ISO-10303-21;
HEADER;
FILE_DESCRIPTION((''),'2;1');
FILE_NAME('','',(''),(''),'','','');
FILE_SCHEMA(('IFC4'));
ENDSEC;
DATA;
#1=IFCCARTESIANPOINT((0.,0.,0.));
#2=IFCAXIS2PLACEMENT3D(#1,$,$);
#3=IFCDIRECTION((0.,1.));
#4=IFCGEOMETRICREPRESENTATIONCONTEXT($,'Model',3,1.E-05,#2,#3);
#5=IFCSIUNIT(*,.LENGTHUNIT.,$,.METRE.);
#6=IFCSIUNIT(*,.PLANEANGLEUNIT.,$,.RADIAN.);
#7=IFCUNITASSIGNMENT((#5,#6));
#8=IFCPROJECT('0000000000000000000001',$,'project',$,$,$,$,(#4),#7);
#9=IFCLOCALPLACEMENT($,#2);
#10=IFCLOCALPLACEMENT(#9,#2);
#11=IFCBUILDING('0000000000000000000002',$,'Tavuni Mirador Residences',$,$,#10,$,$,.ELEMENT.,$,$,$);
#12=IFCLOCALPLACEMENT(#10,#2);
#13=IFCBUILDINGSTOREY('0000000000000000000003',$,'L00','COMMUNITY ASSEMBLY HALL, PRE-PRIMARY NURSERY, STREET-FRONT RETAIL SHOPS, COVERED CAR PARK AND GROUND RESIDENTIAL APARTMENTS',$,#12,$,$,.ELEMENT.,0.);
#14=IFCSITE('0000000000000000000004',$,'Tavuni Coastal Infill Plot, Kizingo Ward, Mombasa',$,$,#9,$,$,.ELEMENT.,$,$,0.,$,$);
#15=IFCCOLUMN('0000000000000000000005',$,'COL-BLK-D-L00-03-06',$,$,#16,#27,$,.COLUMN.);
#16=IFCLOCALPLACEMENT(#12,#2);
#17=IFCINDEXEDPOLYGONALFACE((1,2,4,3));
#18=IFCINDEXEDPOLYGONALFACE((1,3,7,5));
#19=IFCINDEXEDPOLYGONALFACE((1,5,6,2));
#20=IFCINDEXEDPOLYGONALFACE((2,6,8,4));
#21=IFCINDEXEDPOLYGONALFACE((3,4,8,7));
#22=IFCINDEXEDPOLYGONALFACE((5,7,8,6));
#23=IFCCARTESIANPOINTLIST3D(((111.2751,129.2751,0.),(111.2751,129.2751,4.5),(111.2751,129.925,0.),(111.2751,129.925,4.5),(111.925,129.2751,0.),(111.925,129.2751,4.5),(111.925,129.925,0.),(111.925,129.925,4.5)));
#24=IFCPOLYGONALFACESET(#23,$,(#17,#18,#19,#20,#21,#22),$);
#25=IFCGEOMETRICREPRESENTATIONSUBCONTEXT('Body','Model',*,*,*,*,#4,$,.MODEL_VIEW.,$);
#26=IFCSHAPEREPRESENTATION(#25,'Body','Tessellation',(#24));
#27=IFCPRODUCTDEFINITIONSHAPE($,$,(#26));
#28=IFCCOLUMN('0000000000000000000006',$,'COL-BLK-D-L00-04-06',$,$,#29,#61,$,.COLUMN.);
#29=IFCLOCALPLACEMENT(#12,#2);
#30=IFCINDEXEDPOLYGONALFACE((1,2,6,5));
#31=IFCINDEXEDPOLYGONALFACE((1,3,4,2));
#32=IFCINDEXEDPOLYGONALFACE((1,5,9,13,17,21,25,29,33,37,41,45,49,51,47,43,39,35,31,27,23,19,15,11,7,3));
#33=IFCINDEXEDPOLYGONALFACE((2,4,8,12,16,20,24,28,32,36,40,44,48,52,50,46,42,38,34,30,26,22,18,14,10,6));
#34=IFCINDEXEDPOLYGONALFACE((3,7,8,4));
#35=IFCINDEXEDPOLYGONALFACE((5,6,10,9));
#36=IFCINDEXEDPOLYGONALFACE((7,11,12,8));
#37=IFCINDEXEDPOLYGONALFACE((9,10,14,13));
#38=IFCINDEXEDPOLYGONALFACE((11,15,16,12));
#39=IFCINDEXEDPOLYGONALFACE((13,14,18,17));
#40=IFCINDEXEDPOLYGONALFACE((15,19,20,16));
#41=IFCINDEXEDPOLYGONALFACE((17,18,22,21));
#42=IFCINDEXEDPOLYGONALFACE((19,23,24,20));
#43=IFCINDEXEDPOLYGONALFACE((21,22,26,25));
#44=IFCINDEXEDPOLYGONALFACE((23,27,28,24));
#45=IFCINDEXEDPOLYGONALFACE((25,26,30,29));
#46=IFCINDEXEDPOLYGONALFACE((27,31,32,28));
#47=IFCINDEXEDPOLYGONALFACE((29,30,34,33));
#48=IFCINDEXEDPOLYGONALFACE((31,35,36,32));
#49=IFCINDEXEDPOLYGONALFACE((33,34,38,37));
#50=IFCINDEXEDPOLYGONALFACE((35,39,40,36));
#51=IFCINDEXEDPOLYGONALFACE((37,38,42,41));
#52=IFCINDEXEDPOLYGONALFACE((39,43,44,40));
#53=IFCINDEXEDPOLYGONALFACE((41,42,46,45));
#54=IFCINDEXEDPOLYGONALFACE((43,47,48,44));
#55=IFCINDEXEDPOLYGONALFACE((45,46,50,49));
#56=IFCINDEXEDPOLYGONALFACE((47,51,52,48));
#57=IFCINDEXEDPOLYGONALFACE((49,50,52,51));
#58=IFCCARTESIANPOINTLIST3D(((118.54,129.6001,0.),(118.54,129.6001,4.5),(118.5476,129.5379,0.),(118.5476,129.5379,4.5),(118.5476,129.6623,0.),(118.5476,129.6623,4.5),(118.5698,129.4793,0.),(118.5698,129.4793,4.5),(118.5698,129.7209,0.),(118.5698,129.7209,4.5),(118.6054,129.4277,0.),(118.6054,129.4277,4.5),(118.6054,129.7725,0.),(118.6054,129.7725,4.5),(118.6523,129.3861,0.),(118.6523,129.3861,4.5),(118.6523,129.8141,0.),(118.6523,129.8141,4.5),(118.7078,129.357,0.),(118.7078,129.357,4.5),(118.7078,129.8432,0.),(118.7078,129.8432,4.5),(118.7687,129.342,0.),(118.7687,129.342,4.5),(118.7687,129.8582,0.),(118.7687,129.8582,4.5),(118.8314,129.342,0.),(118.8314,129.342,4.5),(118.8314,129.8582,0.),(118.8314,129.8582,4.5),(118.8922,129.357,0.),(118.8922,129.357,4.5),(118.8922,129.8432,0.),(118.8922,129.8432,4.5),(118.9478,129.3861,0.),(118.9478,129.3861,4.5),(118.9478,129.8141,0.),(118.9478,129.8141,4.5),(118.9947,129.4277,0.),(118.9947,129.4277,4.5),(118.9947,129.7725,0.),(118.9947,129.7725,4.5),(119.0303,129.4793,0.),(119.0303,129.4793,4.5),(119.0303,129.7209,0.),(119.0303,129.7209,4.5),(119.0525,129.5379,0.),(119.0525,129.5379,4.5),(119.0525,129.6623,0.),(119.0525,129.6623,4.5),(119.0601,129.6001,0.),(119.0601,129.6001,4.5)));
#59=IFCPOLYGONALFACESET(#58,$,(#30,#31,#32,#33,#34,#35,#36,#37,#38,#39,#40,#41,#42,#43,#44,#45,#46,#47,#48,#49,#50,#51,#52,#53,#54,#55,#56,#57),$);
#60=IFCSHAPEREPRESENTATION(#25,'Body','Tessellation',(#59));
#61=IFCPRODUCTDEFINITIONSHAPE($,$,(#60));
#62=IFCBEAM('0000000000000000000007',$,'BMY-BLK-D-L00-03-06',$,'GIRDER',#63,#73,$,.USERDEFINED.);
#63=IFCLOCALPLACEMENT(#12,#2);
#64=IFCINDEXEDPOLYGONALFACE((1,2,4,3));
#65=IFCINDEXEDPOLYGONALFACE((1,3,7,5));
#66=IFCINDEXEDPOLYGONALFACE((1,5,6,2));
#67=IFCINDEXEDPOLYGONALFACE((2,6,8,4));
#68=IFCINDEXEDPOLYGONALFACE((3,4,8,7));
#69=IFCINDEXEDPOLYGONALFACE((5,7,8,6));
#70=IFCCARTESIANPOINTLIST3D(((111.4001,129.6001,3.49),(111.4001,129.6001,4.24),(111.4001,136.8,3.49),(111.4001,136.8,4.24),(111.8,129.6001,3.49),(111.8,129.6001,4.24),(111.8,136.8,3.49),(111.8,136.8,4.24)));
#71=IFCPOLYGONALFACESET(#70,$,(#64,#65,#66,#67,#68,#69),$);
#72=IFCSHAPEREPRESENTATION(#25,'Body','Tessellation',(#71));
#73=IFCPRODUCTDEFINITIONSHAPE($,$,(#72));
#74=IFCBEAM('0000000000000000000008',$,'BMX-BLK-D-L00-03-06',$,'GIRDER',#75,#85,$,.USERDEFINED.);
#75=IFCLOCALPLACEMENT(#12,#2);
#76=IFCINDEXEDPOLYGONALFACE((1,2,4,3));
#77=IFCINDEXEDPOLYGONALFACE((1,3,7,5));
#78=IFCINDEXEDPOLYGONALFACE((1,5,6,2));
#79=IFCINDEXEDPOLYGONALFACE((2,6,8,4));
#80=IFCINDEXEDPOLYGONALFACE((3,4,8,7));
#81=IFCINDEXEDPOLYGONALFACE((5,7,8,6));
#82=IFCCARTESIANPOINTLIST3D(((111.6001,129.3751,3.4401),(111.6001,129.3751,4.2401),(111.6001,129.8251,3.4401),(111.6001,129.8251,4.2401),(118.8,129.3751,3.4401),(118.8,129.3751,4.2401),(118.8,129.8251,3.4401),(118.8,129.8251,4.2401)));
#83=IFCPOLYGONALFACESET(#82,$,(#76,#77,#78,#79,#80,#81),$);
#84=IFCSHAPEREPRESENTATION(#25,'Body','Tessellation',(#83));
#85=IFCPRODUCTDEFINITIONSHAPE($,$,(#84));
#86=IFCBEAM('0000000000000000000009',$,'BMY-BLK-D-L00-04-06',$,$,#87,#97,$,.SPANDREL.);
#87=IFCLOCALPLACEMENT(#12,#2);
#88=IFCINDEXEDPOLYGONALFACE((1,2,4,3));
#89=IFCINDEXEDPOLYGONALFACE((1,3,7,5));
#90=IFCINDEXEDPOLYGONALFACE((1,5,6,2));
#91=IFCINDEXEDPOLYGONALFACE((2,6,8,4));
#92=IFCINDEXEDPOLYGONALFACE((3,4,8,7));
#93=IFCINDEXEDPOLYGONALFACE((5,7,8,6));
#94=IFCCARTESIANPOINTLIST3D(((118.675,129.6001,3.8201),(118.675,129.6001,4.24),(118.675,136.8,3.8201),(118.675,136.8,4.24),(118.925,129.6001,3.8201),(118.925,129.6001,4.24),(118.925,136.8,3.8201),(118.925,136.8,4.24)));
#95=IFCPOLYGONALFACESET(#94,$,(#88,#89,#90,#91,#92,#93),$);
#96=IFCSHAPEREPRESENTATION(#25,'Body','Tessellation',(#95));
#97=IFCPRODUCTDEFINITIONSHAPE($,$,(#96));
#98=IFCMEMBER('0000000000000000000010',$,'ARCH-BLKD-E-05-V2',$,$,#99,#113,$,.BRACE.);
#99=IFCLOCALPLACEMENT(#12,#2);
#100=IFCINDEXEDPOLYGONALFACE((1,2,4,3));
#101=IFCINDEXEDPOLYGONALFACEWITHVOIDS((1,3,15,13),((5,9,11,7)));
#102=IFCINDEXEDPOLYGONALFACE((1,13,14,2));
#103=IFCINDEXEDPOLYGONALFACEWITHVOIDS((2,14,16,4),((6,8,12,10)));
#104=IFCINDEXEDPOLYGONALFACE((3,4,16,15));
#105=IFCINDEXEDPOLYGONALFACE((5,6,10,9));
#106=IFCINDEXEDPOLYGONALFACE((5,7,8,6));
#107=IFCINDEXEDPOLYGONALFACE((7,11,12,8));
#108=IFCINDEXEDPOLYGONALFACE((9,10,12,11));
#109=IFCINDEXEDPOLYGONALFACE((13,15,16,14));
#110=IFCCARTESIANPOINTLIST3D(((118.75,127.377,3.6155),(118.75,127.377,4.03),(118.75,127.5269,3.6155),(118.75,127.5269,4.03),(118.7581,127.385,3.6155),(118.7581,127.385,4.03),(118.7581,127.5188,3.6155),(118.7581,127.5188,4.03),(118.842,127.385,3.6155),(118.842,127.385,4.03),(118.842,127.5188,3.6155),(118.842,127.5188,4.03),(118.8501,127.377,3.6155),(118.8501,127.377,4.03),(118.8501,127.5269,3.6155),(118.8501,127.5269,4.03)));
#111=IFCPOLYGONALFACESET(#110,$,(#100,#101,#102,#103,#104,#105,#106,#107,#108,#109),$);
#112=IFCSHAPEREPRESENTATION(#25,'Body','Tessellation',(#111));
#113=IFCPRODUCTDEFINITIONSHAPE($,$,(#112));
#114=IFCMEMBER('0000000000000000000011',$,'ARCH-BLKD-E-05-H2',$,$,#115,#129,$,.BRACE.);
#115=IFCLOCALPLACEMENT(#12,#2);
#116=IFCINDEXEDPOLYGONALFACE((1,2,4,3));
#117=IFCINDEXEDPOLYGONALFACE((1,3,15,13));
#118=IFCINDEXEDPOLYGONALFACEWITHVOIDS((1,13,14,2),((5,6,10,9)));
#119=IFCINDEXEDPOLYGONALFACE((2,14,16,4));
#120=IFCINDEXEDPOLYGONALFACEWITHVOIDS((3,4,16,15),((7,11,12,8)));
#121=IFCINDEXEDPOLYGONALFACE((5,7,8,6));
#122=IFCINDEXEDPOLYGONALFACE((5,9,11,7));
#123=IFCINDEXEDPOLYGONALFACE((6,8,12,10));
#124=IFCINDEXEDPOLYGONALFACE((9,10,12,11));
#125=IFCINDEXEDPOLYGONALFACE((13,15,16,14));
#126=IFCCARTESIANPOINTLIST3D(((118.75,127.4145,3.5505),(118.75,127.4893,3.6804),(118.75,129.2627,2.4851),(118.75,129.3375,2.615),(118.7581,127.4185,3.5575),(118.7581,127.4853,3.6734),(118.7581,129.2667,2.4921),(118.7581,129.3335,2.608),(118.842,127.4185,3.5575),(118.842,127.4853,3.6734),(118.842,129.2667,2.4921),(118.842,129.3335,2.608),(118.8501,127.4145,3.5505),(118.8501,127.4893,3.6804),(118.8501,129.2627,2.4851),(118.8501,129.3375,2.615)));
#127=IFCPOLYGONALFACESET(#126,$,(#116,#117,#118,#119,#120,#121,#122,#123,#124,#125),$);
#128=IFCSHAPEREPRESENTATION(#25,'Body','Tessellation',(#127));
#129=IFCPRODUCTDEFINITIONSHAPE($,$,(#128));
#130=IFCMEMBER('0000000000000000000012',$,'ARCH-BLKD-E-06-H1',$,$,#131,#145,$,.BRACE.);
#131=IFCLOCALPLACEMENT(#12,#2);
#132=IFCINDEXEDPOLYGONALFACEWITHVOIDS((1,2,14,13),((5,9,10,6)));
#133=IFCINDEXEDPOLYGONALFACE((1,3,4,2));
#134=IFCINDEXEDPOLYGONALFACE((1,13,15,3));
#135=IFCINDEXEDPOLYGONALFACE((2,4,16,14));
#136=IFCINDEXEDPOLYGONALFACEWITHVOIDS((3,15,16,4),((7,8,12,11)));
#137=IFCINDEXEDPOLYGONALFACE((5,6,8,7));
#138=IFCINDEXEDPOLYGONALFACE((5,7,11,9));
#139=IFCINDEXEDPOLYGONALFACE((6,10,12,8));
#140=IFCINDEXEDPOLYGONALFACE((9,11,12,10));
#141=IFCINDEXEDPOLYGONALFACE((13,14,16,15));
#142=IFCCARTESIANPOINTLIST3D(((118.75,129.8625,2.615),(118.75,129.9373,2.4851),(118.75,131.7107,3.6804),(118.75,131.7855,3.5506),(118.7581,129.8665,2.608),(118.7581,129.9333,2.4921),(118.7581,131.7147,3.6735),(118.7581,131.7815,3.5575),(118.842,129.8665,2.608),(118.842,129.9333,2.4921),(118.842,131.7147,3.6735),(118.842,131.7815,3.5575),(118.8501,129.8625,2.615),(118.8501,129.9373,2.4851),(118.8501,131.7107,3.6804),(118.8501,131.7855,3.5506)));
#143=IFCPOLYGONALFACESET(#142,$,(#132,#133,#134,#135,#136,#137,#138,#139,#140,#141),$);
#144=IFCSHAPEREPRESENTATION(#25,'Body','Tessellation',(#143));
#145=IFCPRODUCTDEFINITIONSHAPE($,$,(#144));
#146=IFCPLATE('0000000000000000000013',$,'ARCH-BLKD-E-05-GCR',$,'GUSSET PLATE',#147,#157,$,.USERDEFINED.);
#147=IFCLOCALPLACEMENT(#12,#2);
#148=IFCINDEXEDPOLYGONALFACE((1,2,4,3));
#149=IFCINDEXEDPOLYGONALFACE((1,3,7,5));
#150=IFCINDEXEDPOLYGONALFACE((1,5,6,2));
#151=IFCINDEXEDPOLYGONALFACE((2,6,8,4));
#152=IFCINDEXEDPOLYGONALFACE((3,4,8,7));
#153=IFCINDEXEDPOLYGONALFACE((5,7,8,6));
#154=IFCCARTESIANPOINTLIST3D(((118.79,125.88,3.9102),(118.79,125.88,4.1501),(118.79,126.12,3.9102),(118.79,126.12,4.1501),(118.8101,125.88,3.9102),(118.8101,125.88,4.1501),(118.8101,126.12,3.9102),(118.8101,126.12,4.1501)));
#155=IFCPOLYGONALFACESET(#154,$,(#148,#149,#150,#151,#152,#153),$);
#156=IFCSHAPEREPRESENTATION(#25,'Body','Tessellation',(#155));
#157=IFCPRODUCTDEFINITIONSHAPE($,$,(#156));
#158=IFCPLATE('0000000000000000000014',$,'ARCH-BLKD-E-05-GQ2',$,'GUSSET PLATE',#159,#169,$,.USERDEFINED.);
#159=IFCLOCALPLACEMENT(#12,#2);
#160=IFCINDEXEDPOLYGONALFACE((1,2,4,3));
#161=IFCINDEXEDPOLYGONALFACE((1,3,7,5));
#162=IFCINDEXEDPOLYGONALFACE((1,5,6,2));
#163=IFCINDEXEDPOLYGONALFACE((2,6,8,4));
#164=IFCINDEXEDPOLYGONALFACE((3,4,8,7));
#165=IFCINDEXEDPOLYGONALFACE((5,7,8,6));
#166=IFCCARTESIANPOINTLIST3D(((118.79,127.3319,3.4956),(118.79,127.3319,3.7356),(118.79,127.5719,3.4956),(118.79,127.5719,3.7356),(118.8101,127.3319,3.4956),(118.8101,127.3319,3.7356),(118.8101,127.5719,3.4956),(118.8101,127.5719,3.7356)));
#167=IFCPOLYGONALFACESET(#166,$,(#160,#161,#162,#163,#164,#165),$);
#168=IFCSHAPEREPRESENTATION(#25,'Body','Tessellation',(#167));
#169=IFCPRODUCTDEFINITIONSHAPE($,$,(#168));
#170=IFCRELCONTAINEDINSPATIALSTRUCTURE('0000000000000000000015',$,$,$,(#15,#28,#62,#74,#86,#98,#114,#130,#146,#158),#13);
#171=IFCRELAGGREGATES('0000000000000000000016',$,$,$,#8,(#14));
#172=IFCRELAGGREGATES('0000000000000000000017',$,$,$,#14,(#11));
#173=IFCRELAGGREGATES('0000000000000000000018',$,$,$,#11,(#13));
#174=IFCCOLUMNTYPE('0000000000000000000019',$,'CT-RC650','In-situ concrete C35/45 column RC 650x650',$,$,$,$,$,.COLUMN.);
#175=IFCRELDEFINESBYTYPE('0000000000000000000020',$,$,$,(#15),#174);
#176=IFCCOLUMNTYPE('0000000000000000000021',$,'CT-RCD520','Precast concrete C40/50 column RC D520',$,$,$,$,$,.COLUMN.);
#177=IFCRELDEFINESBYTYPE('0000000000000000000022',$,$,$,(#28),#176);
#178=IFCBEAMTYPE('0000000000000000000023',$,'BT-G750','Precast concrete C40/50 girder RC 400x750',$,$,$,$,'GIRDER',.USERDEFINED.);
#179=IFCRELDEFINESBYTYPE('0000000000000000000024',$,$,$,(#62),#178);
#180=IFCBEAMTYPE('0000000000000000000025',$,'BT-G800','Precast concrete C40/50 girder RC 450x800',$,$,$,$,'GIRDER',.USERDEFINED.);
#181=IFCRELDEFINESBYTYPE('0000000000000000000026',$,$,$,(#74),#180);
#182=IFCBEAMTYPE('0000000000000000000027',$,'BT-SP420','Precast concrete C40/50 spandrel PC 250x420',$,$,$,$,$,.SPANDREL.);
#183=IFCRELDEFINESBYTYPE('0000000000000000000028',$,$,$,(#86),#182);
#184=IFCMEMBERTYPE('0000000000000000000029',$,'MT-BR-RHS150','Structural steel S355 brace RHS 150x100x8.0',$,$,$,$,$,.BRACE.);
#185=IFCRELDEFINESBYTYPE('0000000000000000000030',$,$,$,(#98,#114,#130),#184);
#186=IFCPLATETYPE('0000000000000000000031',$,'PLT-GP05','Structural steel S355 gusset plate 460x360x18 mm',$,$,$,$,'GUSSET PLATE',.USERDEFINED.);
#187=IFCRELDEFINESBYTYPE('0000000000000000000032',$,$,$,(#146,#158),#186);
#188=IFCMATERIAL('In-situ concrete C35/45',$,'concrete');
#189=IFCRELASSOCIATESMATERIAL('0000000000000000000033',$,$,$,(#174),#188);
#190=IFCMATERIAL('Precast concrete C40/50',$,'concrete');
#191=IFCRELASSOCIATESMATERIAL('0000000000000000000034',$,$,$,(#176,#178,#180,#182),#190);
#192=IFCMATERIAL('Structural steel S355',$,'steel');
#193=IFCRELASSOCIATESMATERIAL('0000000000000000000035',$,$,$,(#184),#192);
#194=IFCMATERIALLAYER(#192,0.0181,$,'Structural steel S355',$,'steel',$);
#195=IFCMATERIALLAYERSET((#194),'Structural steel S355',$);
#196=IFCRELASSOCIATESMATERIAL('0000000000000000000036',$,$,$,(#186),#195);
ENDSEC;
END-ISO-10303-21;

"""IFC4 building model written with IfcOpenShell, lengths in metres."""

from ifc_helpers import new_model, si_unit, direction, frame, origin, origin_2d, place, context, subcontext, project, spatial, rectangle, hollow_rectangle, circle, extrude, material, layer, layer_set, material_profile, profile_set, type_object, element, save


model = new_model("IFC4")

# Units and contexts
model_context = context("Model", 3, precision=1e-05, world=origin(), true_north=direction((0.0, 1.0)))
body_context = subcontext(model_context, "Body", "Model", "MODEL_VIEW")
ifc_project = project(units=[si_unit("LENGTHUNIT", "METRE"), si_unit("PLANEANGLEUNIT", "RADIAN")], contexts=[model_context])

# Site, building, storey
site_placement = place(None, origin())
site = spatial("IfcSite", under=ifc_project, at=site_placement, Name="Tavuni Coastal Infill Plot, Kizingo Ward, Mombasa", CompositionType="ELEMENT", RefElevation=0.0)
building_placement = place(site_placement, origin())
building = spatial("IfcBuilding", under=site, at=building_placement, Name="Tavuni Mirador Residences", CompositionType="ELEMENT")
storey_placement = place(building_placement, origin())
storey = spatial("IfcBuildingStorey", under=building, at=storey_placement, Name="L00", Description="COMMUNITY ASSEMBLY HALL, PRE-PRIMARY NURSERY, STREET-FRONT RETAIL SHOPS, COVERED CAR PARK AND GROUND RESIDENTIAL APARTMENTS", CompositionType="ELEMENT", Elevation=0.0)

# Columns
ifc_material_1 = material(Name="In-situ concrete C35/45", Category="concrete")
ifc_material_profile_1 = material_profile(ifc_material_1, rectangle(XDim=0.6499, YDim=0.6499, at=origin_2d()), Name="RC 650x650", Category="concrete")
ifc_profile_set_1 = profile_set([ifc_material_profile_1], Name="In-situ concrete C35/45")
column_type_1 = type_object("IfcColumnType", Name="CT-RC650", Description="In-situ concrete C35/45 column RC 650x650", PredefinedType="COLUMN", material=ifc_profile_set_1)
column_1_placement = place(storey_placement, frame((111.6001, 129.6001, 0.0), z_axis=(0.0, 0.0, 1.0), x_axis=(1.0, 0.0, 0.0)))
element("IfcColumn", 1, at=column_1_placement, inside=storey, type_object=column_type_1, Name="COL-BLK-D-L00-03-06", PredefinedType="COLUMN", context=body_context, shape_type="SweptSolid", body=[
    extrude(rectangle(XDim=0.6499, YDim=0.6499, at=origin_2d()), origin(), (0.0, 0.0, 1.0), 4.5),
])
ifc_material_2 = material(Name="Precast concrete C40/50", Category="concrete")
ifc_material_profile_2 = material_profile(ifc_material_2, circle(Radius=0.26, at=origin_2d()), Name="RC D520", Category="concrete")
ifc_profile_set_2 = profile_set([ifc_material_profile_2], Name="Precast concrete C40/50")
column_type_2 = type_object("IfcColumnType", Name="CT-RCD520", Description="Precast concrete C40/50 column RC D520", PredefinedType="COLUMN", material=ifc_profile_set_2)
column_2_placement = place(storey_placement, frame((118.8, 129.6001, 0.0), z_axis=(0.0, 0.0, 1.0), x_axis=(1.0, 0.0, 0.0)))
element("IfcColumn", 2, at=column_2_placement, inside=storey, type_object=column_type_2, Name="COL-BLK-D-L00-04-06", PredefinedType="COLUMN", context=body_context, shape_type="SweptSolid", body=[
    extrude(circle(Radius=0.26, at=origin_2d()), origin(), (0.0, 0.0, 1.0), 4.5),
])

# Beams
ifc_material_profile_3 = material_profile(ifc_material_2, rectangle(XDim=0.3999, YDim=0.75, at=origin_2d()), Name="RC 400x750", Category="concrete")
ifc_profile_set_3 = profile_set([ifc_material_profile_3], Name="Precast concrete C40/50")
beam_type_1 = type_object("IfcBeamType", Name="BT-G750", Description="Precast concrete C40/50 girder RC 400x750", ElementType="GIRDER", PredefinedType="USERDEFINED", material=ifc_profile_set_3)
beam_1_placement = place(storey_placement, frame((111.6001, 129.6001, 3.865), z_axis=(0.0, 1.0, 0.0), x_axis=(-1.0, 0.0, 0.0)))
element("IfcBeam", 3, at=beam_1_placement, inside=storey, type_object=beam_type_1, Name="BMY-BLK-D-L00-03-06", ObjectType="GIRDER", PredefinedType="USERDEFINED", context=body_context, shape_type="SweptSolid", body=[
    extrude(rectangle(XDim=0.3999, YDim=0.75, at=origin_2d()), origin(), (0.0, 0.0, 1.0), 7.2),
])
ifc_material_profile_4 = material_profile(ifc_material_2, rectangle(XDim=0.45, YDim=0.8, at=origin_2d()), Name="RC 450x800", Category="concrete")
ifc_profile_set_4 = profile_set([ifc_material_profile_4], Name="Precast concrete C40/50")
beam_type_2 = type_object("IfcBeamType", Name="BT-G800", Description="Precast concrete C40/50 girder RC 450x800", ElementType="GIRDER", PredefinedType="USERDEFINED", material=ifc_profile_set_4)
beam_2_placement = place(storey_placement, frame((111.6001, 129.6001, 3.8401), z_axis=(1.0, 0.0, 0.0), x_axis=(0.0, 1.0, 0.0)))
element("IfcBeam", 4, at=beam_2_placement, inside=storey, type_object=beam_type_2, Name="BMX-BLK-D-L00-03-06", ObjectType="GIRDER", PredefinedType="USERDEFINED", context=body_context, shape_type="SweptSolid", body=[
    extrude(rectangle(XDim=0.45, YDim=0.8, at=origin_2d()), origin(), (0.0, 0.0, 1.0), 7.2),
])
ifc_material_profile_5 = material_profile(ifc_material_2, rectangle(XDim=0.25, YDim=0.4199, at=origin_2d()), Name="PC 250x420", Category="concrete")
ifc_profile_set_5 = profile_set([ifc_material_profile_5], Name="Precast concrete C40/50")
beam_type_3 = type_object("IfcBeamType", Name="BT-SP420", Description="Precast concrete C40/50 spandrel PC 250x420", PredefinedType="SPANDREL", material=ifc_profile_set_5)
beam_3_placement = place(storey_placement, frame((118.8, 129.6001, 4.03), z_axis=(0.0, 1.0, 0.0), x_axis=(-1.0, 0.0, 0.0)))
element("IfcBeam", 5, at=beam_3_placement, inside=storey, type_object=beam_type_3, Name="BMY-BLK-D-L00-04-06", PredefinedType="SPANDREL", context=body_context, shape_type="SweptSolid", body=[
    extrude(rectangle(XDim=0.25, YDim=0.4199, at=origin_2d()), origin(), (0.0, 0.0, 1.0), 7.2),
])

# Members
ifc_material_3 = material(Name="Structural steel S355", Category="steel")
ifc_material_profile_6 = material_profile(ifc_material_3, hollow_rectangle(XDim=0.1001, YDim=0.1499, WallThickness=0.0081, at=origin_2d()), Name="RHS 150x100x8.0", Category="steel")
ifc_profile_set_6 = profile_set([ifc_material_profile_6], Name="Structural steel S355")
member_type = type_object("IfcMemberType", Name="MT-BR-RHS150", Description="Structural steel S355 brace RHS 150x100x8.0", PredefinedType="BRACE", material=ifc_profile_set_6)
member_placement = place(storey_placement, frame((118.8, 127.4519, 3.6155), z_axis=(0.0, 0.0, 1.0), x_axis=(1.0, 0.0, 0.0)))
element("IfcMember", 6, at=member_placement, inside=storey, type_object=member_type, Name="ARCH-BLKD-E-05-V2", PredefinedType="BRACE", context=body_context, shape_type="SweptSolid", body=[
    extrude(hollow_rectangle(XDim=0.1001, YDim=0.1499, WallThickness=0.0081, at=origin_2d()), origin(), (0.0, 0.0, 1.0), 0.4146),
])
for number, where, z_axis, x_axis, name in (
    (7, (118.8, 127.4519, 3.6155), (0.0, 0.866349, -0.499438), (-1.0, 0.0, 0.0), "ARCH-BLKD-E-05-H2"),
    (8, (118.8, 129.8999, 2.55), (0.0, 0.866349, 0.499438), (-1.0, 0.0, 0.0), "ARCH-BLKD-E-06-H1"),
):
    element("IfcMember", number, at=place(storey_placement, frame(where, z_axis=z_axis, x_axis=x_axis)), inside=storey, type_object=member_type, Name=name, PredefinedType="BRACE", context=body_context, shape_type="SweptSolid", body=[
        extrude(hollow_rectangle(XDim=0.1001, YDim=0.1499, WallThickness=0.0081, at=origin_2d()), origin(), (0.0, 0.0, 1.0), 2.1333),
    ])

# Plates
ifc_layer_1 = layer(ifc_material_3, 0.0181, Name="Structural steel S355", Category="steel")
ifc_layer_set_1 = layer_set([ifc_layer_1], Name="Structural steel S355")
plate_type = type_object("IfcPlateType", Name="PLT-GP05", Description="Structural steel S355 gusset plate 460x360x18 mm", ElementType="GUSSET PLATE", PredefinedType="USERDEFINED", material=ifc_layer_set_1)
for number, where, z_axis, x_axis, name in (
    (9, (118.8, 126.0, 3.9102), (0.0, 0.0, 1.0), (1.0, 0.0, 0.0), "ARCH-BLKD-E-05-GCR"),
    (10, (118.8, 127.4519, 3.4956), (0.0, 0.0, 1.0), (1.0, 0.0, 0.0), "ARCH-BLKD-E-05-GQ2"),
):
    element("IfcPlate", number, at=place(storey_placement, frame(where, z_axis=z_axis, x_axis=x_axis)), inside=storey, type_object=plate_type, Name=name, ObjectType="GUSSET PLATE", PredefinedType="USERDEFINED", context=body_context, shape_type="SweptSolid", body=[
        extrude(rectangle(XDim=0.02, YDim=0.24, at=origin_2d()), origin(), (0.0, 0.0, 1.0), 0.24),
    ])

save(model, "model.ifc")
